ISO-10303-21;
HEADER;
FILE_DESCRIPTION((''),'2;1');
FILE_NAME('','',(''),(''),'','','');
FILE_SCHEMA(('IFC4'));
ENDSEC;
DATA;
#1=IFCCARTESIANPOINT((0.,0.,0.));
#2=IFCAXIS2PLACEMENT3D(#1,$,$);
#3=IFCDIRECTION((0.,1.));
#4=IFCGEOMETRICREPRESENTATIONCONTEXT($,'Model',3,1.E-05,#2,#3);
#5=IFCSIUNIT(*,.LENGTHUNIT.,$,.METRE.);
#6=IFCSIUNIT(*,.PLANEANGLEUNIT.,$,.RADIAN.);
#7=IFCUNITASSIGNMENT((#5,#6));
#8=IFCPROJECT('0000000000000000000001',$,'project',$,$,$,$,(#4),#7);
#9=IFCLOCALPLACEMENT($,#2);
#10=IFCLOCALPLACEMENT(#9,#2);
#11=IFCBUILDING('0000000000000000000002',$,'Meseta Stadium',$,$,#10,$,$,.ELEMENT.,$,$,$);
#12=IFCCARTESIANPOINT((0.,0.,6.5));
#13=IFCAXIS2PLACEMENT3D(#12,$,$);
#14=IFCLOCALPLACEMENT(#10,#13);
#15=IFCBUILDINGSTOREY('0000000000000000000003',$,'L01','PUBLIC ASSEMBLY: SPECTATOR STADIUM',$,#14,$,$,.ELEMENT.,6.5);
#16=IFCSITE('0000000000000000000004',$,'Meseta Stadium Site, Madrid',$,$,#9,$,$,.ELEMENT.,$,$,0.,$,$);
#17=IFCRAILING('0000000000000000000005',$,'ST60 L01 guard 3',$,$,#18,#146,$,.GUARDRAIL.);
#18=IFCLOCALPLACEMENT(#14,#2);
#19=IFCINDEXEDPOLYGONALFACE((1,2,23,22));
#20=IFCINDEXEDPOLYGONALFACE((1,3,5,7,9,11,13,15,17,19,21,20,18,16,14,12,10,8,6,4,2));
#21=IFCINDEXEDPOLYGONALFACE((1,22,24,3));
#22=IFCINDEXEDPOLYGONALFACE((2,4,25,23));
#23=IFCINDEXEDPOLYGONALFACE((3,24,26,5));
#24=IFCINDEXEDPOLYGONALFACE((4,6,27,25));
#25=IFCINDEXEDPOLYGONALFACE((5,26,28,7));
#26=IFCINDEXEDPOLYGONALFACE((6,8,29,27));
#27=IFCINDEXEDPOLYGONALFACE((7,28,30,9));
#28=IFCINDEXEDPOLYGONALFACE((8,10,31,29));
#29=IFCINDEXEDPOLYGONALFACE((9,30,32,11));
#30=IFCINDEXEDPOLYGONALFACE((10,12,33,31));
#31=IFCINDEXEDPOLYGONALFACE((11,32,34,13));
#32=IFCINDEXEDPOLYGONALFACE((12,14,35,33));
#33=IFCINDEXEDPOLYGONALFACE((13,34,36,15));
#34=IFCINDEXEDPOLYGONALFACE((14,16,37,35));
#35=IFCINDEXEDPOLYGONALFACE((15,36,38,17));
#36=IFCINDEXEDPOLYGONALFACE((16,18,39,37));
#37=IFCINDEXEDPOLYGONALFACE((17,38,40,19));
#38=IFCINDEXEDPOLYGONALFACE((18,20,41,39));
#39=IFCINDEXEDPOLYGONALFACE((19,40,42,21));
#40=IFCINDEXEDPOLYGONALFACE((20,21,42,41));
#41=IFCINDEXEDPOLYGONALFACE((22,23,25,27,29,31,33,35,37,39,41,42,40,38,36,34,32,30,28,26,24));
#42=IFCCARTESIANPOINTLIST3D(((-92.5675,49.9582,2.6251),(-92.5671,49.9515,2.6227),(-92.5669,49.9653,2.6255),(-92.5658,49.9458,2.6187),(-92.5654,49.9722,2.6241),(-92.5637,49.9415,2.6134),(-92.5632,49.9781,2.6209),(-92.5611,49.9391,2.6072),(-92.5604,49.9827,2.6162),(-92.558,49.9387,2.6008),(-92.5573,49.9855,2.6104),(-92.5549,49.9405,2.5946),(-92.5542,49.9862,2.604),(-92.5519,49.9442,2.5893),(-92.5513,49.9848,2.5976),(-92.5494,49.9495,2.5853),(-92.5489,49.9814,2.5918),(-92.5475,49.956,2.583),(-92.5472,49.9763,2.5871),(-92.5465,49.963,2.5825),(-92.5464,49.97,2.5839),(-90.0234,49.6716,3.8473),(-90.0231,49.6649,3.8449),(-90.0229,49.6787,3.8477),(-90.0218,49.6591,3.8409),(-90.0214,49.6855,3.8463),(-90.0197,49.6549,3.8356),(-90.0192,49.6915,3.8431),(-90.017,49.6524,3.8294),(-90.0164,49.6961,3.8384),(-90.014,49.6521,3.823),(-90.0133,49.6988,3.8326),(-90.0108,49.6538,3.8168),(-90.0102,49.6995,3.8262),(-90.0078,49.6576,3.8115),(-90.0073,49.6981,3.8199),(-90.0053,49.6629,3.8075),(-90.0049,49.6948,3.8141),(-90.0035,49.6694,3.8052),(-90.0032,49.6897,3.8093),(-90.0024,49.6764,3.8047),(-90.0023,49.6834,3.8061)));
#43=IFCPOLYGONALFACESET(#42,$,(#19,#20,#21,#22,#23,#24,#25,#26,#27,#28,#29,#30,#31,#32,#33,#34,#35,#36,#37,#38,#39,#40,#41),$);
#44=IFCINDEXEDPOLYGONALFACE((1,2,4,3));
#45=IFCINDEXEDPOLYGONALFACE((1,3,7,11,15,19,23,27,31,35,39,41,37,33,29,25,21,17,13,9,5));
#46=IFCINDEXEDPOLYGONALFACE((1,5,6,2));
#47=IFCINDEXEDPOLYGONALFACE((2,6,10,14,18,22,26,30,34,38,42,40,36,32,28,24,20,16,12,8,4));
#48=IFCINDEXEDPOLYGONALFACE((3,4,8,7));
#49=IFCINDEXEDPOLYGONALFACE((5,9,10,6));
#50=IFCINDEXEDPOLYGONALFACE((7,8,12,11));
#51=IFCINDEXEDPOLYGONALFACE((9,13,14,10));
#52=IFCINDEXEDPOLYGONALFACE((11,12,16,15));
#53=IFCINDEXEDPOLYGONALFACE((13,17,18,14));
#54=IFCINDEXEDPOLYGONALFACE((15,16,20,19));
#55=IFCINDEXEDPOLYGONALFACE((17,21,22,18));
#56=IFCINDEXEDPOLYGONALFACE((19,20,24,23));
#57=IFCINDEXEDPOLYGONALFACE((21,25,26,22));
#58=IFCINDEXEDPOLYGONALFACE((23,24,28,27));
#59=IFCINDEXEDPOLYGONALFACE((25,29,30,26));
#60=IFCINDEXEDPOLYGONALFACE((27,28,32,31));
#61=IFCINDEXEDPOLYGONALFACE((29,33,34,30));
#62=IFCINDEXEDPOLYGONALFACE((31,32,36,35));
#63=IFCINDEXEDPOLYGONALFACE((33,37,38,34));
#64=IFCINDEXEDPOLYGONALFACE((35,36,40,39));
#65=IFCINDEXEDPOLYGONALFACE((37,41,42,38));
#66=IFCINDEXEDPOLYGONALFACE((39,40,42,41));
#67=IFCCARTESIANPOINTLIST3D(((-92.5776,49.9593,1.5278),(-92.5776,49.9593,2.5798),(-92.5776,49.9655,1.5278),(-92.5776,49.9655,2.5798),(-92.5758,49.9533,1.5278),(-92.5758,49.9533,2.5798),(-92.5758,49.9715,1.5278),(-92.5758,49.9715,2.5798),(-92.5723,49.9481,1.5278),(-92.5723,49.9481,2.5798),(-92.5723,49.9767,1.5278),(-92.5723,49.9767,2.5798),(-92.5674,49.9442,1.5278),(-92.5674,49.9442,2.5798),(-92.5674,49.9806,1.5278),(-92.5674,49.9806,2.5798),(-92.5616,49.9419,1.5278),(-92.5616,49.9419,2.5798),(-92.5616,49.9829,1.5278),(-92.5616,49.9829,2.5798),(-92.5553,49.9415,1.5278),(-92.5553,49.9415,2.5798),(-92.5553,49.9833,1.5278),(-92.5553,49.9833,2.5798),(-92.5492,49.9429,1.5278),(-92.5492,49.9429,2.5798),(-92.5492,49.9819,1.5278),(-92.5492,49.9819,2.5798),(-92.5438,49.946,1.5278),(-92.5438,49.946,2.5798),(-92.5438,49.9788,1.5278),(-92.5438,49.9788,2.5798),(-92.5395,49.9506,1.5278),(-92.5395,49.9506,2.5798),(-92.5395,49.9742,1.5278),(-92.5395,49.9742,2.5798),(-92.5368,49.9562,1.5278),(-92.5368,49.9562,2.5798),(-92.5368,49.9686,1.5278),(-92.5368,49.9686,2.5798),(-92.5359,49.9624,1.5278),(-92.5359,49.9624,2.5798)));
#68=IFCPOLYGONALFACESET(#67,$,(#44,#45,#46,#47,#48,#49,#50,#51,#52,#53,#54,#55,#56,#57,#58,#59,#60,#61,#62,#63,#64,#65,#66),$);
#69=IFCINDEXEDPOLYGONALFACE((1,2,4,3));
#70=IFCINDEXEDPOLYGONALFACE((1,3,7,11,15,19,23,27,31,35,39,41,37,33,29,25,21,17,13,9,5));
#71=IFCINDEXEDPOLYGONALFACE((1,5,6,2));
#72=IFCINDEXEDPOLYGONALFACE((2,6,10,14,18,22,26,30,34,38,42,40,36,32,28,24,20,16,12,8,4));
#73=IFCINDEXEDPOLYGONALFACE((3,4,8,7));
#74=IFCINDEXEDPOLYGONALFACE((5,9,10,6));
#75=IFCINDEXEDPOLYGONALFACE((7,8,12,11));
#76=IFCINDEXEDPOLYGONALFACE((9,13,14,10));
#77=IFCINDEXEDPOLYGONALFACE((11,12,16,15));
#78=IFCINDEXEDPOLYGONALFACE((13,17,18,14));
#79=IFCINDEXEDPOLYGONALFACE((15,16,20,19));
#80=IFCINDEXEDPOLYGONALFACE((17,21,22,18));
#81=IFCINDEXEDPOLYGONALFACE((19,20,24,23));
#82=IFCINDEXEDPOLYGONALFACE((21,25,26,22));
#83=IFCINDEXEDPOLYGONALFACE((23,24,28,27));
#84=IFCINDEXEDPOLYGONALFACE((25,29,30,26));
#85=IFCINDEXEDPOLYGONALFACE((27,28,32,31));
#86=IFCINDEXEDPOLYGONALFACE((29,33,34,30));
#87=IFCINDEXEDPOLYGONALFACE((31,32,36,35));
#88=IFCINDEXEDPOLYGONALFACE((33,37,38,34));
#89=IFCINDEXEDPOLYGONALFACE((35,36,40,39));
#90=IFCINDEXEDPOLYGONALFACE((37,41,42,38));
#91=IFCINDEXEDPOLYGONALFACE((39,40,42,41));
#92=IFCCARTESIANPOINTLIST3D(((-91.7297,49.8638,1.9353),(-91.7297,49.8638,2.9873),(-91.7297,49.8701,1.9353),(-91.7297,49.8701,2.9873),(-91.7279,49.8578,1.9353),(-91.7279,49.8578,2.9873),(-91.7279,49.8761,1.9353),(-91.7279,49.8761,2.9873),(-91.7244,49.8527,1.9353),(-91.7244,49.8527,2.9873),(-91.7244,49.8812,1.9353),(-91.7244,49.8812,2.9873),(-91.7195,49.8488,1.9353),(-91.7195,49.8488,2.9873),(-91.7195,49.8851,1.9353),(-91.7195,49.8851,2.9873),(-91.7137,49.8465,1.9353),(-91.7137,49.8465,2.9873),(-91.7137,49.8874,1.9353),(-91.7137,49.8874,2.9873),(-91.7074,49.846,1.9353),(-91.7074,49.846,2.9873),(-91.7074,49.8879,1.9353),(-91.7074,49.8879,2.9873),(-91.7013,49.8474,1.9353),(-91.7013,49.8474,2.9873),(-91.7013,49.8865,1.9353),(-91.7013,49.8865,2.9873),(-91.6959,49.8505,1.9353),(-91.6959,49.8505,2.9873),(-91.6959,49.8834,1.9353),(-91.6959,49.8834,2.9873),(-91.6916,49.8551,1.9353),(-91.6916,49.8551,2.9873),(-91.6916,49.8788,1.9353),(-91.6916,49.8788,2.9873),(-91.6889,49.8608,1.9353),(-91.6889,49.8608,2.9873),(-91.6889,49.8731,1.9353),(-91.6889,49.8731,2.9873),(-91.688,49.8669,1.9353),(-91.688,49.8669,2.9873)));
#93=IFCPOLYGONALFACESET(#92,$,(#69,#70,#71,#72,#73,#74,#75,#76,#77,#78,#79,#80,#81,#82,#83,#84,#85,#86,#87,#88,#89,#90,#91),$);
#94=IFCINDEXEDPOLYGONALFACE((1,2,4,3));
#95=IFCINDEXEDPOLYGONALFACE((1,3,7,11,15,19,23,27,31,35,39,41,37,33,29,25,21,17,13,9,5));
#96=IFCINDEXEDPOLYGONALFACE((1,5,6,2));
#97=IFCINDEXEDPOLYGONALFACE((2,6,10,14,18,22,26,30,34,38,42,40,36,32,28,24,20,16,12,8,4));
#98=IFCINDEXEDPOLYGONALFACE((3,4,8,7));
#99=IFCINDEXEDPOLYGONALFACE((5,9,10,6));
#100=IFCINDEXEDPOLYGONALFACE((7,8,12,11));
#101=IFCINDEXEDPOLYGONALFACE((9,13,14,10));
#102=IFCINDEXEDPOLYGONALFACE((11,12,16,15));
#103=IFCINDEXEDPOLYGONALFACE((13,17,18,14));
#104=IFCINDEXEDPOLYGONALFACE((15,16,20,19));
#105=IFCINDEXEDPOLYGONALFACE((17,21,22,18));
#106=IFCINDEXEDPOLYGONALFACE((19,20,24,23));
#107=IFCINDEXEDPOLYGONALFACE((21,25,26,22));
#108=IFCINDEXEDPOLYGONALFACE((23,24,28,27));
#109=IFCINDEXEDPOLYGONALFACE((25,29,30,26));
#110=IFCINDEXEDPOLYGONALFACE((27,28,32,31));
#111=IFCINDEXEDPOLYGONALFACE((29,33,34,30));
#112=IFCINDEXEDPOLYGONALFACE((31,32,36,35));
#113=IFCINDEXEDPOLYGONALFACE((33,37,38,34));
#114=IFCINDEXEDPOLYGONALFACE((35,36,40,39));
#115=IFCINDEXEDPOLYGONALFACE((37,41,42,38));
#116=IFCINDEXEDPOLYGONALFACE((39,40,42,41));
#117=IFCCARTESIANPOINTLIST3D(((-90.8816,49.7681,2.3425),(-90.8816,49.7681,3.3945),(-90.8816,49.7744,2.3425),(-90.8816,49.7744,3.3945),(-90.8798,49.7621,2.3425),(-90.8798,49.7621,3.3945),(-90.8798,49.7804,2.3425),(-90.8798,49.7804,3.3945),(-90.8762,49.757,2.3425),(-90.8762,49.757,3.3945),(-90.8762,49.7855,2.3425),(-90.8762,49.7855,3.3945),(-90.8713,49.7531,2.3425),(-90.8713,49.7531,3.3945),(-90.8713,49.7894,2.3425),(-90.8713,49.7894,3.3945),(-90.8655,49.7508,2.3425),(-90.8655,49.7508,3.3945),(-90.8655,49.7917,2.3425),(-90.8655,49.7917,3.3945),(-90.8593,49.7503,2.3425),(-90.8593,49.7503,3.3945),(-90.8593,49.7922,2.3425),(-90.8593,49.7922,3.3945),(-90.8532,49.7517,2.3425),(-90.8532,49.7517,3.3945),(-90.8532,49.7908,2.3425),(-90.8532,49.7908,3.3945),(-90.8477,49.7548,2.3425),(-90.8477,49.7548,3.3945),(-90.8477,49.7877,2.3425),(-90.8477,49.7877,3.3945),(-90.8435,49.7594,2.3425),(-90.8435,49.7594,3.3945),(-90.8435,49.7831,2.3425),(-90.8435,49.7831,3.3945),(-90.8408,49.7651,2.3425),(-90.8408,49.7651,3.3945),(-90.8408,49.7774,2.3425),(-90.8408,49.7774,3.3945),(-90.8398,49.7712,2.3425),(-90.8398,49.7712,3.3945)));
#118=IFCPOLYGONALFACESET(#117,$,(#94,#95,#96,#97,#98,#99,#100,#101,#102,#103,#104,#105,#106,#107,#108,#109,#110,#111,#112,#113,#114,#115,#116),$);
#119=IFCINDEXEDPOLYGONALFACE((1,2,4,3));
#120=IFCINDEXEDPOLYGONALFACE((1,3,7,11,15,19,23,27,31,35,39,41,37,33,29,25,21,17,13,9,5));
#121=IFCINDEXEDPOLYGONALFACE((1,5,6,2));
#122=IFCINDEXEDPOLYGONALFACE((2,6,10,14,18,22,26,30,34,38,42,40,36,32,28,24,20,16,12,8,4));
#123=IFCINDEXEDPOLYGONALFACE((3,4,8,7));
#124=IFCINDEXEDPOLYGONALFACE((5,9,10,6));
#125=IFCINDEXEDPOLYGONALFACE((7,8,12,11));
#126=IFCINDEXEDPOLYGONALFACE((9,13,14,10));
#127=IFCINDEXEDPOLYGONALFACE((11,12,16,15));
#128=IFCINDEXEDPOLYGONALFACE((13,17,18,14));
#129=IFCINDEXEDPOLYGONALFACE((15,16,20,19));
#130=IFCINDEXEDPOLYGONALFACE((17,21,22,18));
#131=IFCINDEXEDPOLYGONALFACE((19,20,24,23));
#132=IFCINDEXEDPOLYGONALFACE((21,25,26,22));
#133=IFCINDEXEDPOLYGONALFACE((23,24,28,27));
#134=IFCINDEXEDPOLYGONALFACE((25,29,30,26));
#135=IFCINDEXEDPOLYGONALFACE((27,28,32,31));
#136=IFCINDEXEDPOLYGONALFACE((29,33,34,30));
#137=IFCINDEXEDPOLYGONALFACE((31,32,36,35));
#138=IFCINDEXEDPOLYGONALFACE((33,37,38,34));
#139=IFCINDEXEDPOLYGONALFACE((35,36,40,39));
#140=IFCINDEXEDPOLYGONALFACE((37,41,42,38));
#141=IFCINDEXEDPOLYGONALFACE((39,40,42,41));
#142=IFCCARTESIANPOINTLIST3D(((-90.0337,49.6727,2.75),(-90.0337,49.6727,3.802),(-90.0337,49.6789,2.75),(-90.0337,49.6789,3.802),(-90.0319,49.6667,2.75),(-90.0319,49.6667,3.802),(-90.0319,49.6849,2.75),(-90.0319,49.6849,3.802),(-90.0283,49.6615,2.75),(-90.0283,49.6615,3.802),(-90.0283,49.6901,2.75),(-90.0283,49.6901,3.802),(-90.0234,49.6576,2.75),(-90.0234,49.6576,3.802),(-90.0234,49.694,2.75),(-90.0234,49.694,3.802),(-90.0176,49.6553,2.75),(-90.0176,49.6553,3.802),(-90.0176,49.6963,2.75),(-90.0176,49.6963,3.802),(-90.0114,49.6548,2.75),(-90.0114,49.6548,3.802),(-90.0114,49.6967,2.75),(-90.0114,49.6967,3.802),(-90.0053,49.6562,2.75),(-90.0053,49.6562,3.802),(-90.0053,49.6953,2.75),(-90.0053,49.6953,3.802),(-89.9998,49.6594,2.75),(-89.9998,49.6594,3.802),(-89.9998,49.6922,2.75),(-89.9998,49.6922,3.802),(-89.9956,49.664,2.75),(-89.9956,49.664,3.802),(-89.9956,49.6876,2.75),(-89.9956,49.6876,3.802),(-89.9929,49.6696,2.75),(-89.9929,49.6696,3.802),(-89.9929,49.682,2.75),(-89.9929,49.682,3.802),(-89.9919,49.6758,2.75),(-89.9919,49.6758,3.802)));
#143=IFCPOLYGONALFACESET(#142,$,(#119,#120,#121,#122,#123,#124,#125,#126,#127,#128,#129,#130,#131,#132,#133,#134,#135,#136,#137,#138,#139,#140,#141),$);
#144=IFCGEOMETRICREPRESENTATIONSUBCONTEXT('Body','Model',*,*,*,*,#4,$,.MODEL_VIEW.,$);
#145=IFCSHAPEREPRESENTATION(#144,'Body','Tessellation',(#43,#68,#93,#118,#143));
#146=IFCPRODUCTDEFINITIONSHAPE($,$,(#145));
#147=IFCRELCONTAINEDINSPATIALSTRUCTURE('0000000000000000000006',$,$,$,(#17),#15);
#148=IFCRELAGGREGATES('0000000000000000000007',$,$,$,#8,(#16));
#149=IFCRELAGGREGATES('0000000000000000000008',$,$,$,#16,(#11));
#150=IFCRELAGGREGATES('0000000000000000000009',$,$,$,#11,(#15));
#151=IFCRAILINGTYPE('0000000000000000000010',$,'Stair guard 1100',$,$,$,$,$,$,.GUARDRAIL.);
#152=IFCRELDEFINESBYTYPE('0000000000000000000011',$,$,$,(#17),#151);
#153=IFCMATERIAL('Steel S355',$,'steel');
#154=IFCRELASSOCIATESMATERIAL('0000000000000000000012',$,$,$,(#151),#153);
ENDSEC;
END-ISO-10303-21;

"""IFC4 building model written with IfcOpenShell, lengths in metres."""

from ifc_helpers import new_model, si_unit, direction, frame, origin, origin_2d, place, context, subcontext, project, spatial, circle, extrude, material, type_object, element, save


model = new_model("IFC4")

# Units and contexts
model_context = context("Model", 3, precision=1e-05, world=origin(), true_north=direction((0.0, 1.0)))
body_context = subcontext(model_context, "Body", "Model", "MODEL_VIEW")
ifc_project = project(units=[si_unit("LENGTHUNIT", "METRE"), si_unit("PLANEANGLEUNIT", "RADIAN")], contexts=[model_context])

# Site, building, storey
site_placement = place(None, origin())
site = spatial("IfcSite", under=ifc_project, at=site_placement, Name="Meseta Stadium Site, Madrid", CompositionType="ELEMENT", RefElevation=0.0)
building_placement = place(site_placement, origin())
building = spatial("IfcBuilding", under=site, at=building_placement, Name="Meseta Stadium", CompositionType="ELEMENT")
storey_placement = place(building_placement, frame((0.0, 0.0, 6.5)))
storey = spatial("IfcBuildingStorey", under=building, at=storey_placement, Name="L01", Description="PUBLIC ASSEMBLY: SPECTATOR STADIUM", CompositionType="ELEMENT", Elevation=6.5)

# Railing
ifc_material_1 = material(Name="Steel S355", Category="steel")
railing_type_1 = type_object("IfcRailingType", Name="Stair guard 1100", PredefinedType="GUARDRAIL", material=ifc_material_1)
railing_1_placement = place(storey_placement, frame((-92.5569, 49.9624, 1.5278)))
element("IfcRailing", 1, at=railing_1_placement, inside=storey, type_object=railing_type_1, Name="ST60 L01 guard 3", PredefinedType="GUARDRAIL", context=body_context, shape_type="SweptSolid", body=[
    extrude(circle(Radius=0.0239, at=origin_2d()), frame((0.0, 0.0, 1.0762), z_axis=(0.896762, -0.101036, 0.430824), x_axis=(0.11196, 0.993713, 0.0)), (0.0, 0.0, 1.0), 2.8369),
    extrude(circle(Radius=0.021, at=origin_2d()), origin(), (0.0, 0.0, 1.0), 1.052),
    extrude(circle(Radius=0.021, at=origin_2d()), frame((0.8479, -0.0955, 0.4075)), (0.0, 0.0, 1.0), 1.052),
    extrude(circle(Radius=0.021, at=origin_2d()), frame((1.696, -0.1912, 0.8147)), (0.0, 0.0, 1.0), 1.052),
    extrude(circle(Radius=0.021, at=origin_2d()), frame((2.5439, -0.2866, 1.2222)), (0.0, 0.0, 1.0), 1.052),
])

save(model, "model.ifc")
